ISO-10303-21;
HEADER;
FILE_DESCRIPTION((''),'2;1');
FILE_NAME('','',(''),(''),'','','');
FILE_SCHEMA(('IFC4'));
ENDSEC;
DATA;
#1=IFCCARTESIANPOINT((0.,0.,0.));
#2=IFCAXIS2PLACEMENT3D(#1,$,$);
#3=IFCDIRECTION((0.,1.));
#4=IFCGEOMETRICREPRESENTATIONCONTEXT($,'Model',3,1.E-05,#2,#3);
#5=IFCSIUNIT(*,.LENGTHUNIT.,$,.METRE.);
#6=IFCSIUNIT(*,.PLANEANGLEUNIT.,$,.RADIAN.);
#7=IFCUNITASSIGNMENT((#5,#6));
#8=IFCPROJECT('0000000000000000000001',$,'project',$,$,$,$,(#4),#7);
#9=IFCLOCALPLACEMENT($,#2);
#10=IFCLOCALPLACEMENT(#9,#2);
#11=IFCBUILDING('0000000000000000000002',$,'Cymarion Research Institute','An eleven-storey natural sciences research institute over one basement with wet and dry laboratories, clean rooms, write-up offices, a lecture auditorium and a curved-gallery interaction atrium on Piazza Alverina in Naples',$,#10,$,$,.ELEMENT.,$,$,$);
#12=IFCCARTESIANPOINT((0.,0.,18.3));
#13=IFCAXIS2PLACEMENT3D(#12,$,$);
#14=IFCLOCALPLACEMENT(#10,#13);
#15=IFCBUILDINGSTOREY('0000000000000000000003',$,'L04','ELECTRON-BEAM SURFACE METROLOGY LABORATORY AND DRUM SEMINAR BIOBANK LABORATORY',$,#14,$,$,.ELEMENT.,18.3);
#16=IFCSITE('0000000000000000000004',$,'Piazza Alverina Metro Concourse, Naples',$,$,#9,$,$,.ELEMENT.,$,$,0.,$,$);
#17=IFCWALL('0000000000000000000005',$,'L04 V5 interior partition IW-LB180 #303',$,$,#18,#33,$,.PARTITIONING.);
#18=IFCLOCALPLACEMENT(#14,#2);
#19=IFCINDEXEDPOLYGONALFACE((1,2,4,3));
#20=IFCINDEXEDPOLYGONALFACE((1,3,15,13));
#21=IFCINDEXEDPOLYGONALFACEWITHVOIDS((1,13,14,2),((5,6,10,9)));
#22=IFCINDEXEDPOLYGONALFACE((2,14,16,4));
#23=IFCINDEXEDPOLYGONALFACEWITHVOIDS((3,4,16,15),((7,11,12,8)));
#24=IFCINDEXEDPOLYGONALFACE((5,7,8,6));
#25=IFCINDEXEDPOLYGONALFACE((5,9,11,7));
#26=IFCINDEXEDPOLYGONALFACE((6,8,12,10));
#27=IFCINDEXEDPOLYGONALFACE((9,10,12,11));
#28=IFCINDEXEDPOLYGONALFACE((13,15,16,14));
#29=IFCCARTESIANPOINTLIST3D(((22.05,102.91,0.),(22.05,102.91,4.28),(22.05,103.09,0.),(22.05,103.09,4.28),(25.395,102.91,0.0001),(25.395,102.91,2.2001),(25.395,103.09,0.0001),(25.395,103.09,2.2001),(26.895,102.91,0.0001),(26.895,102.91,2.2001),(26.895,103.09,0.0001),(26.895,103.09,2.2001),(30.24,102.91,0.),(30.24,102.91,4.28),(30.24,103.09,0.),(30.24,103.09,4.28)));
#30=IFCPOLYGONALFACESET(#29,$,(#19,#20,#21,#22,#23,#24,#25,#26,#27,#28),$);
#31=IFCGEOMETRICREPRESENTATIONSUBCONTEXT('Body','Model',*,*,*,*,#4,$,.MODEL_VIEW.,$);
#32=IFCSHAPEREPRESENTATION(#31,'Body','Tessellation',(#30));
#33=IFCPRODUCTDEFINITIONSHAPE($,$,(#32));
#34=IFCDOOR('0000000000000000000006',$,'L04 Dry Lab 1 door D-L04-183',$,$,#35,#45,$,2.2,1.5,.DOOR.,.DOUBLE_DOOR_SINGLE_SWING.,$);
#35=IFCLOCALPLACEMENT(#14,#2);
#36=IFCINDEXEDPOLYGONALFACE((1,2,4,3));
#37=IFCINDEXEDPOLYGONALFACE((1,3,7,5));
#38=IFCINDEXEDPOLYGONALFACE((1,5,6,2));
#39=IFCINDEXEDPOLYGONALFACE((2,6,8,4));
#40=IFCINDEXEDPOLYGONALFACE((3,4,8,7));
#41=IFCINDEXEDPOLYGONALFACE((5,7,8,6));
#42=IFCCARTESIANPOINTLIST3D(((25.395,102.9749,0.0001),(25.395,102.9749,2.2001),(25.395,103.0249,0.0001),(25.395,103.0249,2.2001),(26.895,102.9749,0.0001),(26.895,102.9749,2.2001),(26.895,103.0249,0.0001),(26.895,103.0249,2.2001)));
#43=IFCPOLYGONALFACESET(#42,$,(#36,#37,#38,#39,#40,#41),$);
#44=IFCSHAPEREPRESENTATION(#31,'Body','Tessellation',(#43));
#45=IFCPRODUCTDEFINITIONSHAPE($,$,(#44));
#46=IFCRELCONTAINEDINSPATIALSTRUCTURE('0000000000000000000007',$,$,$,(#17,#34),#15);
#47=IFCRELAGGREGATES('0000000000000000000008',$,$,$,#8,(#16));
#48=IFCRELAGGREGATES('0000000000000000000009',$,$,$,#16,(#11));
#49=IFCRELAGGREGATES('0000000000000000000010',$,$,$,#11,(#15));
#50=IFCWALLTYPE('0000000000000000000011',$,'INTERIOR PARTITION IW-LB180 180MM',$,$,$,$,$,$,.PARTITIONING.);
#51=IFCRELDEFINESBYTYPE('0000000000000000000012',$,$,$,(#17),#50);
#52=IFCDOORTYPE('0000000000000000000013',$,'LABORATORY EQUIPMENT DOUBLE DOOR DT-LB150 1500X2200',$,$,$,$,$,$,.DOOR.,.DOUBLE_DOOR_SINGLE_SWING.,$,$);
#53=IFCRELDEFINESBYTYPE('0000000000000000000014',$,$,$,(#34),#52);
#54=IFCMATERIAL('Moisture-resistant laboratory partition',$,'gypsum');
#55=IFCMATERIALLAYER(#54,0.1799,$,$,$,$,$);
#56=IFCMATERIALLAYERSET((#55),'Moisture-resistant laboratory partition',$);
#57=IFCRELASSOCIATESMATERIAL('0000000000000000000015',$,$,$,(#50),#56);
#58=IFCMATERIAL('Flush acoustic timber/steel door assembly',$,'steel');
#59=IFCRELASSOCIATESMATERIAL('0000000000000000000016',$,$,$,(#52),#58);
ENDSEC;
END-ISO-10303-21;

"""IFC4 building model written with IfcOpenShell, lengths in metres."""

from ifc_helpers import new_model, si_unit, direction, frame, frame_2d, origin, place, context, subcontext, project, spatial, rectangle, extrude, material, layer, layer_set, type_object, element, fill, save


model = new_model("IFC4")

# Units and contexts
model_context = context("Model", 3, precision=1e-05, world=origin(), true_north=direction((0.0, 1.0)))
body_context = subcontext(model_context, "Body", "Model", "MODEL_VIEW")
ifc_project = project(units=[si_unit("LENGTHUNIT", "METRE"), si_unit("PLANEANGLEUNIT", "RADIAN")], contexts=[model_context])

# Site, building, storey
site_placement = place(None, origin())
site = spatial("IfcSite", under=ifc_project, at=site_placement, Name="Piazza Alverina Metro Concourse, Naples", CompositionType="ELEMENT", RefElevation=0.0)
building_placement = place(site_placement, origin())
building = spatial("IfcBuilding", under=site, at=building_placement, Name="Cymarion Research Institute", Description="An eleven-storey natural sciences research institute over one basement with wet and dry laboratories, clean rooms, write-up offices, a lecture auditorium and a curved-gallery interaction atrium on Piazza Alverina in Naples", CompositionType="ELEMENT")
storey_placement = place(building_placement, frame((0.0, 0.0, 18.3)))
storey = spatial("IfcBuildingStorey", under=building, at=storey_placement, Name="L04", Description="ELECTRON-BEAM SURFACE METROLOGY LABORATORY AND DRUM SEMINAR BIOBANK LABORATORY", CompositionType="ELEMENT", Elevation=18.3)

# Wall, opening, door
ifc_material_1 = material(Name="Flush acoustic timber/steel door assembly", Category="steel")
ifc_material_2 = material(Name="Moisture-resistant laboratory partition", Category="gypsum")
ifc_layer_1 = layer(ifc_material_2, 0.1799)
ifc_layer_set_1 = layer_set([ifc_layer_1], Name="Moisture-resistant laboratory partition")
wall_type_1 = type_object("IfcWallType", Name="INTERIOR PARTITION IW-LB180 180MM", PredefinedType="PARTITIONING", material=ifc_layer_set_1)
wall_1_placement = place(storey_placement, frame((22.05, 103.0, 0.0), z_axis=(0.0, 0.0, 1.0), x_axis=(1.0, 0.0, 0.0)))
wall_1 = element("IfcWall", 1, at=wall_1_placement, inside=storey, type_object=wall_type_1, Name="L04 V5 interior partition IW-LB180 #303", PredefinedType="PARTITIONING", context=body_context, shape_type="SweptSolid", body=[
    extrude(rectangle(XDim=8.1899, YDim=0.1799, at=frame_2d((4.095, 0.0))), origin(), (0.0, 0.0, 1.0), 4.28),
])
opening_1_placement = place(wall_1_placement, frame((3.345, 0.0, 0.0)))
opening_1 = element("IfcOpeningElement", 2, at=opening_1_placement, cuts=wall_1, PredefinedType="OPENING", context=body_context, shape_type="SweptSolid", body=[
    extrude(rectangle(XDim=1.5, YDim=2.2, at=frame_2d((0.75, 1.1001))), frame((0.0, 0.0999, 0.0), z_axis=(0.0, -1.0, 0.0), x_axis=(1.0, 0.0, 0.0)), (0.0, 0.0, 1.0), 0.2),
])
door_type_1 = type_object("IfcDoorType", Name="LABORATORY EQUIPMENT DOUBLE DOOR DT-LB150 1500X2200", OperationType="DOUBLE_DOOR_SINGLE_SWING", PredefinedType="DOOR", material=ifc_material_1)
door_1_placement = place(opening_1_placement, origin())
door_1 = element("IfcDoor", 3, at=door_1_placement, inside=storey, type_object=door_type_1, Name="L04 Dry Lab 1 door D-L04-183", OperationType="DOUBLE_DOOR_SINGLE_SWING", OverallHeight=2.2, OverallWidth=1.5, PredefinedType="DOOR", context=body_context, shape_type="SweptSolid", body=[
    extrude(rectangle(XDim=1.5, YDim=2.2, at=frame_2d((0.75, 1.1001))), frame((0.0, 0.0249, 0.0), z_axis=(0.0, -1.0, 0.0), x_axis=(1.0, 0.0, 0.0)), (0.0, 0.0, 1.0), 0.05),
])
fill(opening_1, door_1)

save(model, "model.ifc")
